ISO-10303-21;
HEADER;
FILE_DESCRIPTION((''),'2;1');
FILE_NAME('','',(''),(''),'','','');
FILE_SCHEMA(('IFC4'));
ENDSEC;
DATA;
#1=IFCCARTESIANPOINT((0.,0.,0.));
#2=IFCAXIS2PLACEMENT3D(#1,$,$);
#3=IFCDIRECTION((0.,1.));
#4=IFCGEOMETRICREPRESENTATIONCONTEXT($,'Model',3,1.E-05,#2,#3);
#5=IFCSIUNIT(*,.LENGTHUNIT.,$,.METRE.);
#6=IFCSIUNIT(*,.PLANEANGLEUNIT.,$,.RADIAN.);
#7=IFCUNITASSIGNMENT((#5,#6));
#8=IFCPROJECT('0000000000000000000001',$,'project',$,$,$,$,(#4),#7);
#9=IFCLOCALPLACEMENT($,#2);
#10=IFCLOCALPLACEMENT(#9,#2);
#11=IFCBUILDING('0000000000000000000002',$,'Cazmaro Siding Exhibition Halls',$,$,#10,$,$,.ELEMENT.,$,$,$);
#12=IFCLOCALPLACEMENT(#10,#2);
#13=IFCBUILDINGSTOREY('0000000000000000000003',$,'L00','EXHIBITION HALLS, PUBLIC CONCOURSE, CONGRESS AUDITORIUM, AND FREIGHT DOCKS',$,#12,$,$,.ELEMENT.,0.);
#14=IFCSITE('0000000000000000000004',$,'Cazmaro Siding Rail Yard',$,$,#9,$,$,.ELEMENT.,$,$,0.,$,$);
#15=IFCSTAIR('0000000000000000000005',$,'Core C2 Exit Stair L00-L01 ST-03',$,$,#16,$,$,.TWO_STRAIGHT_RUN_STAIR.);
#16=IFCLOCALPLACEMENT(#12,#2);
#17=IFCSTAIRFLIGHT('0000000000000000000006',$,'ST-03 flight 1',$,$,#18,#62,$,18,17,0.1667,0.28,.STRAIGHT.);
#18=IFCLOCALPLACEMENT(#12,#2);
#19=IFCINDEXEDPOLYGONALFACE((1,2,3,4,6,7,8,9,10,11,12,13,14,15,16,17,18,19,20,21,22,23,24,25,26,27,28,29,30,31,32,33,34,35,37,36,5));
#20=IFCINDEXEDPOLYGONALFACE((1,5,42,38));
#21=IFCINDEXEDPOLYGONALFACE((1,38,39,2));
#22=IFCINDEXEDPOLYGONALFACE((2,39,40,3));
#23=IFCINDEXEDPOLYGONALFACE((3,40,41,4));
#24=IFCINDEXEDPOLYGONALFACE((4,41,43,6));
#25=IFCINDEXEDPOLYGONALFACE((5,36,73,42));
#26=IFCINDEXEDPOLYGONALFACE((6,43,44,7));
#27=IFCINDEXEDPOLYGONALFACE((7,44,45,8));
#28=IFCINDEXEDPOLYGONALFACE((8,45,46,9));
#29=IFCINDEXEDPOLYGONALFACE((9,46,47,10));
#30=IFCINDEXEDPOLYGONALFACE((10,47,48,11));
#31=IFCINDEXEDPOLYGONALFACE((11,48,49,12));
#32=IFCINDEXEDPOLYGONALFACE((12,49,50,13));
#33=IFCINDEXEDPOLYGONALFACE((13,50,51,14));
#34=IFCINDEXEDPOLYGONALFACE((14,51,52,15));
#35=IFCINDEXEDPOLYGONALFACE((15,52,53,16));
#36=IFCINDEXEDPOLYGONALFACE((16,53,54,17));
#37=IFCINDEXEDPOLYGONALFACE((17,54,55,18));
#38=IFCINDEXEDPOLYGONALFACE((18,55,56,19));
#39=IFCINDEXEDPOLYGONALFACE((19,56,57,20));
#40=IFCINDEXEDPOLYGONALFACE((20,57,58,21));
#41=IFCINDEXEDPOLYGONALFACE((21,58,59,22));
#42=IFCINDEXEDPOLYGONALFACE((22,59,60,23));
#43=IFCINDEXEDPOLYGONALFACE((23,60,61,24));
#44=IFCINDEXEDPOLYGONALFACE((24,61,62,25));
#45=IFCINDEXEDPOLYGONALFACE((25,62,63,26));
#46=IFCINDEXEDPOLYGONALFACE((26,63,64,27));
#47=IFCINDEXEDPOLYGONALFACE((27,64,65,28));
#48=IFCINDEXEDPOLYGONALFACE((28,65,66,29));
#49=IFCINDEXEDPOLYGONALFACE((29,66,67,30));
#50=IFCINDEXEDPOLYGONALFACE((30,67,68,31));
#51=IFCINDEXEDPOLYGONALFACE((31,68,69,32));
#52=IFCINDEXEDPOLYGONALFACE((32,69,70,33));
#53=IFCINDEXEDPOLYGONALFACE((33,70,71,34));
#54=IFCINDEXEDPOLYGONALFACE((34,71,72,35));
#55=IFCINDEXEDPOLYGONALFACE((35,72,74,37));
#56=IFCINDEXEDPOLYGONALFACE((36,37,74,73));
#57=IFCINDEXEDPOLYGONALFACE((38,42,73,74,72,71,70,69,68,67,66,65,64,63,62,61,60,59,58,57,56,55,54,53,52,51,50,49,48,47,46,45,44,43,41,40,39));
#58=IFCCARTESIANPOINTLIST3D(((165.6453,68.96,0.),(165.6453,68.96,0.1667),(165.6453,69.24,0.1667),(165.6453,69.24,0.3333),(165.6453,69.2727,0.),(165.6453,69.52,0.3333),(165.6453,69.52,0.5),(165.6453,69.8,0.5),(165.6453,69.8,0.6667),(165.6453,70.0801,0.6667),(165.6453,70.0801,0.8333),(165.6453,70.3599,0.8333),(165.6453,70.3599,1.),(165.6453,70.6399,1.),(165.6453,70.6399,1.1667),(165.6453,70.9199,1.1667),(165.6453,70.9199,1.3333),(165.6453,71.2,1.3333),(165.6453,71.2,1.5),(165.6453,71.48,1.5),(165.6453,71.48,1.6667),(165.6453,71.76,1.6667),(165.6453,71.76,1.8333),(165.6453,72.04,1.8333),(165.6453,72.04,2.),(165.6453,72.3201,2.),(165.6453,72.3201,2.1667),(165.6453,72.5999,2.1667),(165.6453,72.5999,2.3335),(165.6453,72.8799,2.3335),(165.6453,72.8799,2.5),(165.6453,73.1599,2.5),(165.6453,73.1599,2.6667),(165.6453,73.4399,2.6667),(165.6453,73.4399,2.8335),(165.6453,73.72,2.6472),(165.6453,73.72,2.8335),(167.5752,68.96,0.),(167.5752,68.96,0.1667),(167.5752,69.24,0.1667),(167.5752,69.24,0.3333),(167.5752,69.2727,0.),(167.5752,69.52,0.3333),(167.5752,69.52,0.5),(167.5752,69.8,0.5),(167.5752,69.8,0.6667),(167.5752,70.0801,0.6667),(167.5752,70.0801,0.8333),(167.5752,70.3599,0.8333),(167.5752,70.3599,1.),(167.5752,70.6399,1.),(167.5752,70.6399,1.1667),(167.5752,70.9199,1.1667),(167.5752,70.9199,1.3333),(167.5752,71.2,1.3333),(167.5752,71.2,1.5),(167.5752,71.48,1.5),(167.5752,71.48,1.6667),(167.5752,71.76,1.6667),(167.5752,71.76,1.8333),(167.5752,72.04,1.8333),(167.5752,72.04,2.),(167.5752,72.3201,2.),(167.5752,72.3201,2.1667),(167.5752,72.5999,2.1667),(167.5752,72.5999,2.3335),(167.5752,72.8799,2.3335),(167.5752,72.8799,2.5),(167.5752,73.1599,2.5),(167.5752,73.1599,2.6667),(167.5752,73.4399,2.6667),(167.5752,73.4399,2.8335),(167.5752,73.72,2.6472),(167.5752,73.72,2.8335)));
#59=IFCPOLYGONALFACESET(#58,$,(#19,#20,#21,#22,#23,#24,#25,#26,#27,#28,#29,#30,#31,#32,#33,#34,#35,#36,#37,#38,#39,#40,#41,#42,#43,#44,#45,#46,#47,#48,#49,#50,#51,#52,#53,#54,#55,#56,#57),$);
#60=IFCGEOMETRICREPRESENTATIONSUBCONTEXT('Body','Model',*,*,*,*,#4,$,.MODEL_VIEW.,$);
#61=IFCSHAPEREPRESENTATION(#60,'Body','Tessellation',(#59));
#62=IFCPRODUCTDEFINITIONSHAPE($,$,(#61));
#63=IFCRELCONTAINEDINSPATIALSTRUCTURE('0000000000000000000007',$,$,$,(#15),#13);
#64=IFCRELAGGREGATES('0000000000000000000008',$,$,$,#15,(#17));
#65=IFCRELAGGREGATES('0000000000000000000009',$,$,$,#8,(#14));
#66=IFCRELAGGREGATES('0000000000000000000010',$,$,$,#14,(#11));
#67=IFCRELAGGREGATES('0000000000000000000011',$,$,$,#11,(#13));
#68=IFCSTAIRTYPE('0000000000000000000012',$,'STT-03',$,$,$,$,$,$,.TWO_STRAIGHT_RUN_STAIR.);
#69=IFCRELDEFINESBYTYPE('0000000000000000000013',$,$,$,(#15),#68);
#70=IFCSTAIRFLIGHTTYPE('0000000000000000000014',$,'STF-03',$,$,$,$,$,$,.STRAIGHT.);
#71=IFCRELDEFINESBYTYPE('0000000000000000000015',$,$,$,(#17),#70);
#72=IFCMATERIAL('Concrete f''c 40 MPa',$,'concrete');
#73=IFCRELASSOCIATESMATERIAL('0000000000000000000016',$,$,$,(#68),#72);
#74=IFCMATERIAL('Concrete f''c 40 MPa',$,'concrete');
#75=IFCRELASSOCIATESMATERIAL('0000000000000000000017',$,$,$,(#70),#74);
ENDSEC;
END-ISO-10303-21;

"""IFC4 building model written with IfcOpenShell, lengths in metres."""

from ifc_helpers import new_model, si_unit, direction, frame, origin, place, context, subcontext, project, spatial, polyline, outline, extrude, material, type_object, element, aggregate, save


model = new_model("IFC4")

# Units and contexts
model_context = context("Model", 3, precision=1e-05, world=origin(), true_north=direction((0.0, 1.0)))
body_context = subcontext(model_context, "Body", "Model", "MODEL_VIEW")
ifc_project = project(units=[si_unit("LENGTHUNIT", "METRE"), si_unit("PLANEANGLEUNIT", "RADIAN")], contexts=[model_context])

# Site, building, storey
site_placement = place(None, origin())
site = spatial("IfcSite", under=ifc_project, at=site_placement, Name="Cazmaro Siding Rail Yard", CompositionType="ELEMENT", RefElevation=0.0)
building_placement = place(site_placement, origin())
building = spatial("IfcBuilding", under=site, at=building_placement, Name="Cazmaro Siding Exhibition Halls", CompositionType="ELEMENT")
storey_placement = place(building_placement, origin())
storey = spatial("IfcBuildingStorey", under=building, at=storey_placement, Name="L00", Description="EXHIBITION HALLS, PUBLIC CONCOURSE, CONGRESS AUDITORIUM, AND FREIGHT DOCKS", CompositionType="ELEMENT", Elevation=0.0)

# Stair, stair flight
ifc_material_1 = material(Name="Concrete f'c 40 MPa", Category="concrete")
stair_type = type_object("IfcStairType", Name="STT-03", PredefinedType="TWO_STRAIGHT_RUN_STAIR", material=ifc_material_1)
stair_placement = place(storey_placement, origin())
stair = element("IfcStair", 1, at=stair_placement, inside=storey, type_object=stair_type, Name="Core C2 Exit Stair L00-L01 ST-03", PredefinedType="TWO_STRAIGHT_RUN_STAIR")
ifc_material_2 = material(Name="Concrete f'c 40 MPa", Category="concrete")
stair_flight_type = type_object("IfcStairFlightType", Name="STF-03", PredefinedType="STRAIGHT", material=ifc_material_2)
stair_flight_placement = place(storey_placement, frame((166.6101, 68.96, 0.0), z_axis=(0.0, 0.0, 1.0), x_axis=(0.0, 1.0, 0.0)))
stair_flight = element("IfcStairFlight", 2, at=stair_flight_placement, type_object=stair_flight_type, Name="ST-03 flight 1", NumberOfRisers=18, NumberOfTreads=17, PredefinedType="STRAIGHT", RiserHeight=0.1667, TreadLength=0.28, context=body_context, shape_type="SweptSolid", body=[
    extrude(outline(polyline([(0.0, 0.0), (0.0, 0.1667), (0.28, 0.1667), (0.28, 0.3333), (0.5601, 0.3333), (0.5601, 0.5), (0.8401, 0.5), (0.8401, 0.6667), (1.1201, 0.6667), (1.1201, 0.8333), (1.3999, 0.8333), (1.3999, 1.0), (1.6799, 1.0), (1.6799, 1.1667), (1.96, 1.1667), (1.96, 1.3333), (2.24, 1.3333), (2.24, 1.5), (2.52, 1.5), (2.52, 1.6667), (2.8, 1.6667), (2.8, 1.8333), (3.0801, 1.8333), (3.0801, 2.0), (3.3601, 2.0), (3.3601, 2.1667), (3.6399, 2.1667), (3.6399, 2.3335), (3.9199, 2.3335), (3.9199, 2.5), (4.2, 2.5), (4.2, 2.6667), (4.48, 2.6667), (4.48, 2.8335), (4.76, 2.8335), (4.76, 3.0), (4.76, 2.6472), (0.3127, 0.0), (0.0, 0.0)])), frame((0.0, 0.9648, 0.0), z_axis=(0.0, -1.0, 0.0), x_axis=(1.0, 0.0, 0.0)), (0.0, 0.0, 1.0), 1.9299),
])
aggregate(stair, [stair_flight])

save(model, "model.ifc")
